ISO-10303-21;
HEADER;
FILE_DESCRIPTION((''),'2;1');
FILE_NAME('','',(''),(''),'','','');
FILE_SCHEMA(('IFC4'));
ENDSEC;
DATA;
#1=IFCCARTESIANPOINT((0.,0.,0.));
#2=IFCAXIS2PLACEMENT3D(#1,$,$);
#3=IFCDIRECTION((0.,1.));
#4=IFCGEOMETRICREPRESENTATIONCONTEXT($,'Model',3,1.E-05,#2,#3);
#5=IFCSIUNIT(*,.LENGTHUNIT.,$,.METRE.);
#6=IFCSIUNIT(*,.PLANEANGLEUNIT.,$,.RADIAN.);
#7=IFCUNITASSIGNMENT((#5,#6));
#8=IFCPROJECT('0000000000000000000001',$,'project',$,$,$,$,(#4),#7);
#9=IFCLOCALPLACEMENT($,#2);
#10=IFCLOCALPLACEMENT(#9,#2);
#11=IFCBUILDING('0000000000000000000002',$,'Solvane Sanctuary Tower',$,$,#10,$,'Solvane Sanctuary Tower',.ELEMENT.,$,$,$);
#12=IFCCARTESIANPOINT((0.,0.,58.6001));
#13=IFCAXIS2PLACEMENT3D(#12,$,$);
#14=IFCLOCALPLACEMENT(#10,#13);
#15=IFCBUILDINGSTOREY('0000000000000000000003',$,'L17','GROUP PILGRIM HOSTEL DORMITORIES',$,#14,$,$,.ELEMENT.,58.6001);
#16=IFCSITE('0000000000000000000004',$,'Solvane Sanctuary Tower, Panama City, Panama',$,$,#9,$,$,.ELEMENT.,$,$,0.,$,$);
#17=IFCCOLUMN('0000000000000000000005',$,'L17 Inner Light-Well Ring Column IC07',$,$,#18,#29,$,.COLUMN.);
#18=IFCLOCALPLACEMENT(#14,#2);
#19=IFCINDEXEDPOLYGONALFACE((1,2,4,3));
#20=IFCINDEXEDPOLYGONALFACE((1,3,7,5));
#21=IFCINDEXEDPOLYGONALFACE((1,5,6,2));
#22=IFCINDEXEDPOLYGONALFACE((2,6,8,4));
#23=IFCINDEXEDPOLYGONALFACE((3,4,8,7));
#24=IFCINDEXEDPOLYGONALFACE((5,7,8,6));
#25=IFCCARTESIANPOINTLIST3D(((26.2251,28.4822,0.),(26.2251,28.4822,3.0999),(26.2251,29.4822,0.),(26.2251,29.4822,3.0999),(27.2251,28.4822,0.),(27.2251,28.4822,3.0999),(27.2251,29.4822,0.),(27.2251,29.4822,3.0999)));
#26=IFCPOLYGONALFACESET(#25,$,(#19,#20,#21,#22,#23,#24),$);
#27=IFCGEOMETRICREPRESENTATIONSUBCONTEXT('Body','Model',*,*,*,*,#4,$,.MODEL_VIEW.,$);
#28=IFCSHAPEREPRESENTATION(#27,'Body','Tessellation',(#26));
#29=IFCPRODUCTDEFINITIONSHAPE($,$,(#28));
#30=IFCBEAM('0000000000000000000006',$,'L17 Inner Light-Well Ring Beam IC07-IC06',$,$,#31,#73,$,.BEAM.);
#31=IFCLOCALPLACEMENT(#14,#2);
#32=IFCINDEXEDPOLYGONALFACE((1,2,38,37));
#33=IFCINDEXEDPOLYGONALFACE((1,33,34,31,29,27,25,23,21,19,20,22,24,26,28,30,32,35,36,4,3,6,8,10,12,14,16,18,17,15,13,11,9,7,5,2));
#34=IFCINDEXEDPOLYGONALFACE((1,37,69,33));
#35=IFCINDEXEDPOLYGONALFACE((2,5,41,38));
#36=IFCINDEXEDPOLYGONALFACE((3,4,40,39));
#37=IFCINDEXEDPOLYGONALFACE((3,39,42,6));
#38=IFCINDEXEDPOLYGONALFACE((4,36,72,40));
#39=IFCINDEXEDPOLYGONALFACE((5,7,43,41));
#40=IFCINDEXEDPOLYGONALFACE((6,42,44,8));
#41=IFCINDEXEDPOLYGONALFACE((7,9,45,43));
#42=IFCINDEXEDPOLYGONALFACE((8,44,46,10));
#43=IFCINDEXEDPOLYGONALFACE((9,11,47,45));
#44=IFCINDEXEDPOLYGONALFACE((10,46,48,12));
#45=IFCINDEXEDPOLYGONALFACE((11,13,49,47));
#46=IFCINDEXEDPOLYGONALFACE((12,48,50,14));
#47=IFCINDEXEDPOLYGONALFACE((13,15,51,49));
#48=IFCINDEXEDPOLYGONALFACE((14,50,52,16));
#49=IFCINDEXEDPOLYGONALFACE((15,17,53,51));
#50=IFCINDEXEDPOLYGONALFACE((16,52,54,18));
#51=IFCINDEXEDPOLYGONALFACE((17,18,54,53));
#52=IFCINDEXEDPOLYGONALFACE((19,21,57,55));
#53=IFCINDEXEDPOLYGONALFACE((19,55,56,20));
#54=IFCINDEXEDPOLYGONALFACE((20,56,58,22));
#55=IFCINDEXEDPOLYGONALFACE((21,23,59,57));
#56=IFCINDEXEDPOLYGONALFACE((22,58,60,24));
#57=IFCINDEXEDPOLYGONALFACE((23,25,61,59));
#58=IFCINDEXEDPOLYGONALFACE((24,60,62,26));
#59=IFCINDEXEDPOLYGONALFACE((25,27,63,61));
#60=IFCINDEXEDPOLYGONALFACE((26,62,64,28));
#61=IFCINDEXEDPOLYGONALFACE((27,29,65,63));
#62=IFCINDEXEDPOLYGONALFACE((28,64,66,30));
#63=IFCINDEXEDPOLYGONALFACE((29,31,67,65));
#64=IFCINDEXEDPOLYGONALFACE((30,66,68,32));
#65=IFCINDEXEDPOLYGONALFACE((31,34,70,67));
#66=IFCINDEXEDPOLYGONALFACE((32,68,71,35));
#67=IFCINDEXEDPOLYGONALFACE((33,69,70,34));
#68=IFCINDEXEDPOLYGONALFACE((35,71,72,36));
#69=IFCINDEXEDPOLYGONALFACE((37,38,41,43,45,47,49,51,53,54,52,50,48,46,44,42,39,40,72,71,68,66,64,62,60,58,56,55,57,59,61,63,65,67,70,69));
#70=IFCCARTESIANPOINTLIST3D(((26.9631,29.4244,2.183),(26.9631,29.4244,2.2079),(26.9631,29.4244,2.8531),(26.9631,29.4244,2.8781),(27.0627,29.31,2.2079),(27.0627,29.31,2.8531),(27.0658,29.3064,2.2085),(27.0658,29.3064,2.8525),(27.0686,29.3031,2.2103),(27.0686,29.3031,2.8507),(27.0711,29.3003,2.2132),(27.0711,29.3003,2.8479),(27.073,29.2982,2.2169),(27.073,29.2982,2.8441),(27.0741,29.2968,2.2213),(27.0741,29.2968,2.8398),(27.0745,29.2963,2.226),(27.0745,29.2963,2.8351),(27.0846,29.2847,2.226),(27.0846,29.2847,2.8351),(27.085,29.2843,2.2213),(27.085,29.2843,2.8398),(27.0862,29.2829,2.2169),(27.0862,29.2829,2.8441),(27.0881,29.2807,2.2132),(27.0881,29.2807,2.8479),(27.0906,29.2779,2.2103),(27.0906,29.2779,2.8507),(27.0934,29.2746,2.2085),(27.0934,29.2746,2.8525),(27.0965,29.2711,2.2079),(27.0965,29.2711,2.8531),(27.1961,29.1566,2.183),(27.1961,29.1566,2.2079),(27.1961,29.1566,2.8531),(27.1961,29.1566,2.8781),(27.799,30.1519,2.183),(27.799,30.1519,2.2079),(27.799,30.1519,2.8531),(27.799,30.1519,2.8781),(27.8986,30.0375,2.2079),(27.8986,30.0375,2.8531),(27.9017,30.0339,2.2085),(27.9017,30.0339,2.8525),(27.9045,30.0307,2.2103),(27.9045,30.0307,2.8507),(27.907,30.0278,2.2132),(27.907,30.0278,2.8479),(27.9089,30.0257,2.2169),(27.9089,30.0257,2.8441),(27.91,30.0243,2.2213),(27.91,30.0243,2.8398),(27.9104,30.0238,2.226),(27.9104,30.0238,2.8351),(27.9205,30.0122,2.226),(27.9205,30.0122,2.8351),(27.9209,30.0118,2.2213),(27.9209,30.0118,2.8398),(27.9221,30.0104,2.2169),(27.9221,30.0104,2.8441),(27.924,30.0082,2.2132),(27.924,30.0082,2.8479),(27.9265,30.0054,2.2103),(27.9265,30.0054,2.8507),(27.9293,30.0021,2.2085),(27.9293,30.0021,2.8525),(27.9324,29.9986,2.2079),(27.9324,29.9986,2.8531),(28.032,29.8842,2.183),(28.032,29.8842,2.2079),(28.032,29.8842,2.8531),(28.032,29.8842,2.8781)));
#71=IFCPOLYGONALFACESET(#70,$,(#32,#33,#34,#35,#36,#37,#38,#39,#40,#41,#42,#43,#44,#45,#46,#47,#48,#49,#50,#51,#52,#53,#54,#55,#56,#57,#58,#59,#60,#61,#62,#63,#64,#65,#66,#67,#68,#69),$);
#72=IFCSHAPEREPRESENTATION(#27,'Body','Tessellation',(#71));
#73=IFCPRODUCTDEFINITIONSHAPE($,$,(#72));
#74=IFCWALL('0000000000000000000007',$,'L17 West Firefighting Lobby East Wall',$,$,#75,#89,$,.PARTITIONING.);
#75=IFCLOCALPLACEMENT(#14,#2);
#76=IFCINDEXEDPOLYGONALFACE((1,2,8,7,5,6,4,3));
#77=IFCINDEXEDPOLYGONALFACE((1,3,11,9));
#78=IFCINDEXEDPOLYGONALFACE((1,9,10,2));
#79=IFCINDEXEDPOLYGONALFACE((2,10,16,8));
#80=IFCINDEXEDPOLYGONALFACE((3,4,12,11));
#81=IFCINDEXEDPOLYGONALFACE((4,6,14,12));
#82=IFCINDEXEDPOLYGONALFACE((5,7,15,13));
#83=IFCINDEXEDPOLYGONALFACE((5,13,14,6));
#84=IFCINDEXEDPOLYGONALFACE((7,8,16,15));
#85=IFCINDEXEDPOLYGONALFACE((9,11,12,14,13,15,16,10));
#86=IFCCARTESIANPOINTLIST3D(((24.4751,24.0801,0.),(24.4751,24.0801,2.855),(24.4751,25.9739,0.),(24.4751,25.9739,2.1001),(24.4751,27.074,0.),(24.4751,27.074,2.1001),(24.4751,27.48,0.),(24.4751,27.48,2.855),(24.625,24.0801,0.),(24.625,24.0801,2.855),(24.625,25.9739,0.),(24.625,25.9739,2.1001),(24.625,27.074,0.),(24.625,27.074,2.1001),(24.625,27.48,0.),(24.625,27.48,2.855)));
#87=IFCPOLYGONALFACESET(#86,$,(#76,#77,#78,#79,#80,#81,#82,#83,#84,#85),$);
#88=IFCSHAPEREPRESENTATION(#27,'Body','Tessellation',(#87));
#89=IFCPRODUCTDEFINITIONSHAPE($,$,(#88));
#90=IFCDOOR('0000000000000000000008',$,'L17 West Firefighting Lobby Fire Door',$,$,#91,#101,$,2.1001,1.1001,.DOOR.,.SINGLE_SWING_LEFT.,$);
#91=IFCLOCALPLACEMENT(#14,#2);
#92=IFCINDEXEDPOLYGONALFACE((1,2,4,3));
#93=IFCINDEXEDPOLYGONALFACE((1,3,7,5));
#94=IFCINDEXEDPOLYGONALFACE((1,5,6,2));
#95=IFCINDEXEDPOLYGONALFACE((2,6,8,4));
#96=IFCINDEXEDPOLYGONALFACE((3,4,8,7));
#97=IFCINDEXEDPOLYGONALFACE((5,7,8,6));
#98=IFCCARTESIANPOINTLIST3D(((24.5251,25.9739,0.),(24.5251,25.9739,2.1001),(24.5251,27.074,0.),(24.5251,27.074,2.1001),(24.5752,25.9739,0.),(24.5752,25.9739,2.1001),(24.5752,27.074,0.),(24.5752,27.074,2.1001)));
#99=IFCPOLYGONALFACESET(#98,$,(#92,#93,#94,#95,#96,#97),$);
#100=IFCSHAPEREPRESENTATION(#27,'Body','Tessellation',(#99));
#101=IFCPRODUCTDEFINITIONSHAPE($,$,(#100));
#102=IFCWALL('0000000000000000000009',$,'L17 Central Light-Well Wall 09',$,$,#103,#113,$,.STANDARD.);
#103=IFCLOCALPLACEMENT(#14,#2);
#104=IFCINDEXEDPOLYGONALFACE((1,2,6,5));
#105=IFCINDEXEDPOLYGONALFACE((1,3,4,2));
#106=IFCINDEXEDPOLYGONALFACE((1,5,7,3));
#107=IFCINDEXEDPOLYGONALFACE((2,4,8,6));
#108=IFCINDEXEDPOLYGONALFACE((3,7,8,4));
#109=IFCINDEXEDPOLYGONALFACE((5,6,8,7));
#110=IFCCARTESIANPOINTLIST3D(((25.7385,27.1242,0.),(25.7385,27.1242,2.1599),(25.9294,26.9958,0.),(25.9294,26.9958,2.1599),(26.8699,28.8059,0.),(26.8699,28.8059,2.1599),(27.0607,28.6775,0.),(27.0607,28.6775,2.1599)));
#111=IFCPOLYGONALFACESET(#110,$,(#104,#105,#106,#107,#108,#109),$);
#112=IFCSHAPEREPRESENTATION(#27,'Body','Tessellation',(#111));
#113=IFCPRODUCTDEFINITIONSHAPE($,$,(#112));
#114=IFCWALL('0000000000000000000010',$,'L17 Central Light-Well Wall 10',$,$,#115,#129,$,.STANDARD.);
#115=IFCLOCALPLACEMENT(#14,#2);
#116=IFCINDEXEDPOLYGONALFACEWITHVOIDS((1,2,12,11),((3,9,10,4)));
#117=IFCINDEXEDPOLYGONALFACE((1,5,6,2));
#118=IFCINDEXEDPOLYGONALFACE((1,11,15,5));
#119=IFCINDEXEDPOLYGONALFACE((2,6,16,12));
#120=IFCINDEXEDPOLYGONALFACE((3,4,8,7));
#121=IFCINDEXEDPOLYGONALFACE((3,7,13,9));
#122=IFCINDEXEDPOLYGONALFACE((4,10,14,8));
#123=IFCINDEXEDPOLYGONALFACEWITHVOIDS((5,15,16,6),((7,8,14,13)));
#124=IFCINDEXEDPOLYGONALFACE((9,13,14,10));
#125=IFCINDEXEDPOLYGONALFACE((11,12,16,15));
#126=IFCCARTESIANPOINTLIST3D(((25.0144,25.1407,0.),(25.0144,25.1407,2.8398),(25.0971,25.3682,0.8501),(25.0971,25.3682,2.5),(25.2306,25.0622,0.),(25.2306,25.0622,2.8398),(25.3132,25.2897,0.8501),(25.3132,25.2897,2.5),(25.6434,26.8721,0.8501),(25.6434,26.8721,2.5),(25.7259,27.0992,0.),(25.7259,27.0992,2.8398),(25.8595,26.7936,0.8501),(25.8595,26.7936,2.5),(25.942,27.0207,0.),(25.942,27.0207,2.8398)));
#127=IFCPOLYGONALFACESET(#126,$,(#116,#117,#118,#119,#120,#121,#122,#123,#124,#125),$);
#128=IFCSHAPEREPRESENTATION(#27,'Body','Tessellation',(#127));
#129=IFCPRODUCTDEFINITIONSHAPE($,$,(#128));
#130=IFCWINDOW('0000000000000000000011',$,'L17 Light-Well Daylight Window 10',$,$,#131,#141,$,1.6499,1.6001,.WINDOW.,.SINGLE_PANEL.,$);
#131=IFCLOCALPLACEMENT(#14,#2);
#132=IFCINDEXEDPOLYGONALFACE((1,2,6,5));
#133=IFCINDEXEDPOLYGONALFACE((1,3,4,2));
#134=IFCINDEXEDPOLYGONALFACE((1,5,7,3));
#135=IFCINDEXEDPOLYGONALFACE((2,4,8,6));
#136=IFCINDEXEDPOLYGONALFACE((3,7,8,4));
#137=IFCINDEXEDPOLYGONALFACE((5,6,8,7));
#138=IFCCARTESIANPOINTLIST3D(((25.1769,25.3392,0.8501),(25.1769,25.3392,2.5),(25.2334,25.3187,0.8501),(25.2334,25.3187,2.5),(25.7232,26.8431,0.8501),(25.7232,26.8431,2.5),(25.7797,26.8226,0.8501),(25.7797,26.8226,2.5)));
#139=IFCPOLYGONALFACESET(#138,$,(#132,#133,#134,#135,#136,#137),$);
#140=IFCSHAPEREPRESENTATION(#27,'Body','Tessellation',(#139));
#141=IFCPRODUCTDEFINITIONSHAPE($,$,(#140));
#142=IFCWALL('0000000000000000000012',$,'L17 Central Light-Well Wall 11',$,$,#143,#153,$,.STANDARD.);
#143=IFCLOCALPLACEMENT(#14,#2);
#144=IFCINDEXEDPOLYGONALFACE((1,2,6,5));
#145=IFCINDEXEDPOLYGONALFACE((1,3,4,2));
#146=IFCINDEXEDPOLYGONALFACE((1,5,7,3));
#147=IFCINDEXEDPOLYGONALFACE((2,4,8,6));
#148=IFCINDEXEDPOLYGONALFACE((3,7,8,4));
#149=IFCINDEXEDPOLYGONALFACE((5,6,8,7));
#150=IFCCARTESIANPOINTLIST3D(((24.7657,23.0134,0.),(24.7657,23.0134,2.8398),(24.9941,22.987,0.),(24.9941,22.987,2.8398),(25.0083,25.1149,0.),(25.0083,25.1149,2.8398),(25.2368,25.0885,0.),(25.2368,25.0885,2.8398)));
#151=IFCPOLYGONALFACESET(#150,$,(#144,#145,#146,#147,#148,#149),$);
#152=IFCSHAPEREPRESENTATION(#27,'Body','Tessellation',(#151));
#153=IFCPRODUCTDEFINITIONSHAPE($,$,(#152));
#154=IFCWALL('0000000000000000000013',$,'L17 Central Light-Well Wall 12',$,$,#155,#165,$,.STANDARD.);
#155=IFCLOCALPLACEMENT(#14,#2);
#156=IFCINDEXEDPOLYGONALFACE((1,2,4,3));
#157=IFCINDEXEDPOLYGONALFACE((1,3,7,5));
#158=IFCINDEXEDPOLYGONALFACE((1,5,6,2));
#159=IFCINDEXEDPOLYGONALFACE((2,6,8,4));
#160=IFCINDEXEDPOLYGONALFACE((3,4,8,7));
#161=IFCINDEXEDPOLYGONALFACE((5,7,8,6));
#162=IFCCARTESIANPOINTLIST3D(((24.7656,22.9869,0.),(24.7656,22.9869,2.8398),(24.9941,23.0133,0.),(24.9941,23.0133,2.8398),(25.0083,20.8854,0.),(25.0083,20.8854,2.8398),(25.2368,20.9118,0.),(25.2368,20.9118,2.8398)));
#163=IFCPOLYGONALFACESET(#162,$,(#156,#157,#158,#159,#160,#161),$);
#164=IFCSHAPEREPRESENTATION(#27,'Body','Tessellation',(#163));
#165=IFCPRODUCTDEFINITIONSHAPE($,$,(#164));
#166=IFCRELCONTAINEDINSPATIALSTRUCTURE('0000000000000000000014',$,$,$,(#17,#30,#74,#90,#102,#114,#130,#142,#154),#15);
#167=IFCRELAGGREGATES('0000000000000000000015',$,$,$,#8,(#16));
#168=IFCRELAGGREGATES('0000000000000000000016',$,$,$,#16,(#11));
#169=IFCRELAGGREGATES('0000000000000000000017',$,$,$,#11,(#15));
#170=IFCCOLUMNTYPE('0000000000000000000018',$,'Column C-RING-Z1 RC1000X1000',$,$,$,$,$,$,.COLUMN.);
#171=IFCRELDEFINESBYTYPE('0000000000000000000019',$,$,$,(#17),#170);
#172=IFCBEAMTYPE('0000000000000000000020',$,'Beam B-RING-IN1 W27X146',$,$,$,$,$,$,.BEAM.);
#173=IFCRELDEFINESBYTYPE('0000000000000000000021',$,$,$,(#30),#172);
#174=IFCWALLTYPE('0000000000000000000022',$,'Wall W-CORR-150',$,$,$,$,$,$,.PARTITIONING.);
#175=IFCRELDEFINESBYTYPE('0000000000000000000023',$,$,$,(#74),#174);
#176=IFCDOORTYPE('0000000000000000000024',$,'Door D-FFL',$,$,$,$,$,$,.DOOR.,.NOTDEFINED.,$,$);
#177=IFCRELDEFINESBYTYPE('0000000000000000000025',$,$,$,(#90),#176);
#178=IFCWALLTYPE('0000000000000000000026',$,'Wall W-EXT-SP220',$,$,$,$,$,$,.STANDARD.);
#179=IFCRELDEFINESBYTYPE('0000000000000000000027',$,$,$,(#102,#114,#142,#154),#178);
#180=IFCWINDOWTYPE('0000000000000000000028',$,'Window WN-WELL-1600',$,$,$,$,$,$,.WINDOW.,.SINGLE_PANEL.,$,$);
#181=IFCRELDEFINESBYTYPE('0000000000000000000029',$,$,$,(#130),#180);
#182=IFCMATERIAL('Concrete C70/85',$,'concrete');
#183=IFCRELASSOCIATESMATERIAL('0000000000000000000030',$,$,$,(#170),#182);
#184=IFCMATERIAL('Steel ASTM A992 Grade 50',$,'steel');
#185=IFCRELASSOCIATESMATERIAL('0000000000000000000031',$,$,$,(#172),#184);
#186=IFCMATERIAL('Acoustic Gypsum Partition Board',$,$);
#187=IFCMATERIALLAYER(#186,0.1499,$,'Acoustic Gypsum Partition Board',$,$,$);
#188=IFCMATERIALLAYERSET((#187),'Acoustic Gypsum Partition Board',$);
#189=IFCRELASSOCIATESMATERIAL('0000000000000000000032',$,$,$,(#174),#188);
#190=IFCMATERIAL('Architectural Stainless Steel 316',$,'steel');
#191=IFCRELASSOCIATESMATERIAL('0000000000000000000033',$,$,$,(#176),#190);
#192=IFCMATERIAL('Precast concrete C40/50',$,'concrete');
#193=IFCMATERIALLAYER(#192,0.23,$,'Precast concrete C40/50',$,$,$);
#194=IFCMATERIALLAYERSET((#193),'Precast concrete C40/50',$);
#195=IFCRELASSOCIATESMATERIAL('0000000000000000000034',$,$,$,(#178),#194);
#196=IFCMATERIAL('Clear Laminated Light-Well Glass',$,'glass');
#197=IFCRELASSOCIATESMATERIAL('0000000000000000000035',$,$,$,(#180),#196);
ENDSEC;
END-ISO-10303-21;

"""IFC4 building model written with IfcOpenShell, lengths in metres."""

from ifc_helpers import new_model, si_unit, direction, frame, frame_2d, origin, origin_2d, place, context, subcontext, project, spatial, rectangle, i_section, extrude, material, layer, layer_set, material_profile, profile_set, type_object, element, fill, save


model = new_model("IFC4")

# Units and contexts
model_context = context("Model", 3, precision=1e-05, world=origin(), true_north=direction((0.0, 1.0)))
body_context = subcontext(model_context, "Body", "Model", "MODEL_VIEW")
ifc_project = project(units=[si_unit("LENGTHUNIT", "METRE"), si_unit("PLANEANGLEUNIT", "RADIAN")], contexts=[model_context])

# Site, building, storey
site_placement = place(None, origin())
site = spatial("IfcSite", under=ifc_project, at=site_placement, Name="Solvane Sanctuary Tower, Panama City, Panama", CompositionType="ELEMENT", RefElevation=0.0)
building_placement = place(site_placement, origin())
building = spatial("IfcBuilding", under=site, at=building_placement, Name="Solvane Sanctuary Tower", LongName="Solvane Sanctuary Tower", CompositionType="ELEMENT")
storey_placement = place(building_placement, frame((0.0, 0.0, 58.6001)))
storey = spatial("IfcBuildingStorey", under=building, at=storey_placement, Name="L17", Description="GROUP PILGRIM HOSTEL DORMITORIES", CompositionType="ELEMENT", Elevation=58.6001)

# Column
ifc_material_1 = material(Name="Concrete C70/85", Category="concrete")
ifc_material_profile_1 = material_profile(ifc_material_1, rectangle(XDim=1.0, YDim=1.0, at=origin_2d()), Name="RC1000X1000")
ifc_profile_set_1 = profile_set([ifc_material_profile_1], Name="Concrete C70/85")
column_type = type_object("IfcColumnType", Name="Column C-RING-Z1 RC1000X1000", PredefinedType="COLUMN", material=ifc_profile_set_1)
column_placement = place(storey_placement, frame((26.7251, 28.9822, 0.0), z_axis=(0.0, 0.0, 1.0), x_axis=(1.0, 0.0, 0.0)))
element("IfcColumn", 1, at=column_placement, inside=storey, type_object=column_type, Name="L17 Inner Light-Well Ring Column IC07", PredefinedType="COLUMN", context=body_context, shape_type="SweptSolid", body=[
    extrude(rectangle(XDim=1.0, YDim=1.0, at=origin_2d()), origin(), (0.0, 0.0, 1.0), 3.0999),
])

# Beam
ifc_material_2 = material(Name="Steel ASTM A992 Grade 50", Category="steel")
ifc_material_profile_2 = material_profile(ifc_material_2, i_section(OverallWidth=0.355, OverallDepth=0.6951, WebThickness=0.0154, FlangeThickness=0.0249, FilletRadius=0.0181, at=origin_2d()), Name="W27X146")
ifc_profile_set_2 = profile_set([ifc_material_profile_2], Name="Steel ASTM A992 Grade 50")
beam_type = type_object("IfcBeamType", Name="Beam B-RING-IN1 W27X146", PredefinedType="BEAM", material=ifc_profile_set_2)
beam_placement = place(storey_placement, frame((27.0796, 29.2905, 2.5305), z_axis=(0.754321, 0.656506, 0.0), x_axis=(-0.656506, 0.754321, 0.0)))
element("IfcBeam", 2, at=beam_placement, inside=storey, type_object=beam_type, Name="L17 Inner Light-Well Ring Beam IC07-IC06", PredefinedType="BEAM", context=body_context, shape_type="SweptSolid", body=[
    extrude(i_section(OverallWidth=0.355, OverallDepth=0.6951, WebThickness=0.0154, FlangeThickness=0.0249, FilletRadius=0.0181, at=origin_2d()), origin(), (0.0, 0.0, 1.0), 1.1082),
])

# Wall, opening, door
ifc_material_3 = material(Name="Acoustic Gypsum Partition Board")
ifc_layer_1 = layer(ifc_material_3, 0.1499, Name="Acoustic Gypsum Partition Board")
ifc_layer_set_1 = layer_set([ifc_layer_1], Name="Acoustic Gypsum Partition Board")
wall_type_1 = type_object("IfcWallType", Name="Wall W-CORR-150", PredefinedType="PARTITIONING", material=ifc_layer_set_1)
wall_1_placement = place(storey_placement, frame((24.55, 24.0801, 0.0), z_axis=(0.0, 0.0, 1.0), x_axis=(0.0, 1.0, 0.0)))
wall_1 = element("IfcWall", 3, at=wall_1_placement, inside=storey, type_object=wall_type_1, Name="L17 West Firefighting Lobby East Wall", PredefinedType="PARTITIONING", context=body_context, shape_type="SweptSolid", body=[
    extrude(rectangle(XDim=3.3999, YDim=0.1499, at=frame_2d((1.7, 0.0))), origin(), (0.0, 0.0, 1.0), 2.855),
])
opening_1_placement = place(wall_1_placement, frame((1.8938, 0.0, 0.0)))
opening_1 = element("IfcOpeningElement", 4, at=opening_1_placement, cuts=wall_1, PredefinedType="OPENING", context=body_context, shape_type="SweptSolid", body=[
    extrude(rectangle(XDim=1.1001, YDim=2.1001, at=frame_2d((0.55, 1.05))), frame((0.0, 0.085, 0.0), z_axis=(0.0, -1.0, 0.0), x_axis=(1.0, 0.0, 0.0)), (0.0, 0.0, 1.0), 0.1699),
])
ifc_material_4 = material(Name="Architectural Stainless Steel 316", Category="steel")
door_type_1 = type_object("IfcDoorType", Name="Door D-FFL", OperationType="NOTDEFINED", PredefinedType="DOOR", material=ifc_material_4)
door_1_placement = place(opening_1_placement, origin())
door_1 = element("IfcDoor", 5, at=door_1_placement, inside=storey, type_object=door_type_1, Name="L17 West Firefighting Lobby Fire Door", OperationType="SINGLE_SWING_LEFT", OverallHeight=2.1001, OverallWidth=1.1001, PredefinedType="DOOR", context=body_context, shape_type="SweptSolid", body=[
    extrude(rectangle(XDim=1.1001, YDim=2.1001, at=frame_2d((0.55, 1.05))), frame((0.0, 0.0249, 0.0), z_axis=(0.0, -1.0, 0.0), x_axis=(1.0, 0.0, 0.0)), (0.0, 0.0, 1.0), 0.05),
])
fill(opening_1, door_1)

# Wall
ifc_material_5 = material(Name="Precast concrete C40/50", Category="concrete")
ifc_layer_2 = layer(ifc_material_5, 0.23, Name="Precast concrete C40/50")
ifc_layer_set_2 = layer_set([ifc_layer_2], Name="Precast concrete C40/50")
wall_type_2 = type_object("IfcWallType", Name="Wall W-EXT-SP220", PredefinedType="STANDARD", material=ifc_layer_set_2)
wall_2_placement = place(storey_placement, frame((26.9653, 28.7417, 0.0), z_axis=(0.0, 0.0, 1.0), x_axis=(-0.558198, -0.829708, 0.0)))
element("IfcWall", 6, at=wall_2_placement, inside=storey, type_object=wall_type_2, Name="L17 Central Light-Well Wall 09", PredefinedType="STANDARD", context=body_context, shape_type="SweptSolid", body=[
    extrude(rectangle(XDim=2.0269, YDim=0.23, at=frame_2d((1.0134, 0.0))), origin(), (0.0, 0.0, 1.0), 2.1599),
])

# Wall, opening, window
wall_3_placement = place(storey_placement, frame((25.834, 27.0601, 0.0), z_axis=(0.0, 0.0, 1.0), x_axis=(-0.341423, -0.93991, 0.0)))
wall_3 = element("IfcWall", 7, at=wall_3_placement, inside=storey, type_object=wall_type_2, Name="L17 Central Light-Well Wall 10", PredefinedType="STANDARD", context=body_context, shape_type="SweptSolid", body=[
    extrude(rectangle(XDim=2.0837, YDim=0.23, at=frame_2d((1.042, 0.0))), origin(), (0.0, 0.0, 1.0), 2.8398),
])
opening_2_placement = place(wall_3_placement, frame((0.2417, 0.0, 0.8501)))
opening_2 = element("IfcOpeningElement", 8, at=opening_2_placement, cuts=wall_3, PredefinedType="OPENING", context=body_context, shape_type="SweptSolid", body=[
    extrude(rectangle(XDim=1.6001, YDim=1.6499, at=frame_2d((0.8, 0.825))), frame((0.0, 0.125, 0.0), z_axis=(0.0, -1.0, 0.0), x_axis=(1.0, 0.0, 0.0)), (0.0, 0.0, 1.0), 0.25),
])
ifc_material_6 = material(Name="Clear Laminated Light-Well Glass", Category="glass")
window_type = type_object("IfcWindowType", Name="Window WN-WELL-1600", PartitioningType="SINGLE_PANEL", PredefinedType="WINDOW", material=ifc_material_6)
window_1_placement = place(opening_2_placement, origin())
window_1 = element("IfcWindow", 9, at=window_1_placement, inside=storey, type_object=window_type, Name="L17 Light-Well Daylight Window 10", OverallHeight=1.6499, OverallWidth=1.6001, PartitioningType="SINGLE_PANEL", PredefinedType="WINDOW", context=body_context, shape_type="SweptSolid", body=[
    extrude(rectangle(XDim=1.6001, YDim=1.6499, at=frame_2d((0.8, 0.825))), frame((0.0, 0.03, 0.0), z_axis=(0.0, -1.0, 0.0), x_axis=(1.0, 0.0, 0.0)), (0.0, 0.0, 1.0), 0.0601),
])
fill(opening_2, window_1)

# Walls
for number, where, z_axis, x_axis, name in (
    (10, (25.1226, 25.1016, 0.0), (0.0, 0.0, 1.0), (-0.114712, -0.993399, 0.0), "L17 Central Light-Well Wall 11"),
    (11, (24.8799, 23.0, 0.0), (0.0, 0.0, 1.0), (0.114712, -0.993399, 0.0), "L17 Central Light-Well Wall 12"),
):
    element("IfcWall", number, at=place(storey_placement, frame(where, z_axis=z_axis, x_axis=x_axis)), inside=storey, type_object=wall_type_2, Name=name, PredefinedType="STANDARD", context=body_context, shape_type="SweptSolid", body=[
        extrude(rectangle(XDim=2.1155, YDim=0.23, at=frame_2d((1.0576, 0.0))), origin(), (0.0, 0.0, 1.0), 2.8398),
    ])

save(model, "model.ifc")
